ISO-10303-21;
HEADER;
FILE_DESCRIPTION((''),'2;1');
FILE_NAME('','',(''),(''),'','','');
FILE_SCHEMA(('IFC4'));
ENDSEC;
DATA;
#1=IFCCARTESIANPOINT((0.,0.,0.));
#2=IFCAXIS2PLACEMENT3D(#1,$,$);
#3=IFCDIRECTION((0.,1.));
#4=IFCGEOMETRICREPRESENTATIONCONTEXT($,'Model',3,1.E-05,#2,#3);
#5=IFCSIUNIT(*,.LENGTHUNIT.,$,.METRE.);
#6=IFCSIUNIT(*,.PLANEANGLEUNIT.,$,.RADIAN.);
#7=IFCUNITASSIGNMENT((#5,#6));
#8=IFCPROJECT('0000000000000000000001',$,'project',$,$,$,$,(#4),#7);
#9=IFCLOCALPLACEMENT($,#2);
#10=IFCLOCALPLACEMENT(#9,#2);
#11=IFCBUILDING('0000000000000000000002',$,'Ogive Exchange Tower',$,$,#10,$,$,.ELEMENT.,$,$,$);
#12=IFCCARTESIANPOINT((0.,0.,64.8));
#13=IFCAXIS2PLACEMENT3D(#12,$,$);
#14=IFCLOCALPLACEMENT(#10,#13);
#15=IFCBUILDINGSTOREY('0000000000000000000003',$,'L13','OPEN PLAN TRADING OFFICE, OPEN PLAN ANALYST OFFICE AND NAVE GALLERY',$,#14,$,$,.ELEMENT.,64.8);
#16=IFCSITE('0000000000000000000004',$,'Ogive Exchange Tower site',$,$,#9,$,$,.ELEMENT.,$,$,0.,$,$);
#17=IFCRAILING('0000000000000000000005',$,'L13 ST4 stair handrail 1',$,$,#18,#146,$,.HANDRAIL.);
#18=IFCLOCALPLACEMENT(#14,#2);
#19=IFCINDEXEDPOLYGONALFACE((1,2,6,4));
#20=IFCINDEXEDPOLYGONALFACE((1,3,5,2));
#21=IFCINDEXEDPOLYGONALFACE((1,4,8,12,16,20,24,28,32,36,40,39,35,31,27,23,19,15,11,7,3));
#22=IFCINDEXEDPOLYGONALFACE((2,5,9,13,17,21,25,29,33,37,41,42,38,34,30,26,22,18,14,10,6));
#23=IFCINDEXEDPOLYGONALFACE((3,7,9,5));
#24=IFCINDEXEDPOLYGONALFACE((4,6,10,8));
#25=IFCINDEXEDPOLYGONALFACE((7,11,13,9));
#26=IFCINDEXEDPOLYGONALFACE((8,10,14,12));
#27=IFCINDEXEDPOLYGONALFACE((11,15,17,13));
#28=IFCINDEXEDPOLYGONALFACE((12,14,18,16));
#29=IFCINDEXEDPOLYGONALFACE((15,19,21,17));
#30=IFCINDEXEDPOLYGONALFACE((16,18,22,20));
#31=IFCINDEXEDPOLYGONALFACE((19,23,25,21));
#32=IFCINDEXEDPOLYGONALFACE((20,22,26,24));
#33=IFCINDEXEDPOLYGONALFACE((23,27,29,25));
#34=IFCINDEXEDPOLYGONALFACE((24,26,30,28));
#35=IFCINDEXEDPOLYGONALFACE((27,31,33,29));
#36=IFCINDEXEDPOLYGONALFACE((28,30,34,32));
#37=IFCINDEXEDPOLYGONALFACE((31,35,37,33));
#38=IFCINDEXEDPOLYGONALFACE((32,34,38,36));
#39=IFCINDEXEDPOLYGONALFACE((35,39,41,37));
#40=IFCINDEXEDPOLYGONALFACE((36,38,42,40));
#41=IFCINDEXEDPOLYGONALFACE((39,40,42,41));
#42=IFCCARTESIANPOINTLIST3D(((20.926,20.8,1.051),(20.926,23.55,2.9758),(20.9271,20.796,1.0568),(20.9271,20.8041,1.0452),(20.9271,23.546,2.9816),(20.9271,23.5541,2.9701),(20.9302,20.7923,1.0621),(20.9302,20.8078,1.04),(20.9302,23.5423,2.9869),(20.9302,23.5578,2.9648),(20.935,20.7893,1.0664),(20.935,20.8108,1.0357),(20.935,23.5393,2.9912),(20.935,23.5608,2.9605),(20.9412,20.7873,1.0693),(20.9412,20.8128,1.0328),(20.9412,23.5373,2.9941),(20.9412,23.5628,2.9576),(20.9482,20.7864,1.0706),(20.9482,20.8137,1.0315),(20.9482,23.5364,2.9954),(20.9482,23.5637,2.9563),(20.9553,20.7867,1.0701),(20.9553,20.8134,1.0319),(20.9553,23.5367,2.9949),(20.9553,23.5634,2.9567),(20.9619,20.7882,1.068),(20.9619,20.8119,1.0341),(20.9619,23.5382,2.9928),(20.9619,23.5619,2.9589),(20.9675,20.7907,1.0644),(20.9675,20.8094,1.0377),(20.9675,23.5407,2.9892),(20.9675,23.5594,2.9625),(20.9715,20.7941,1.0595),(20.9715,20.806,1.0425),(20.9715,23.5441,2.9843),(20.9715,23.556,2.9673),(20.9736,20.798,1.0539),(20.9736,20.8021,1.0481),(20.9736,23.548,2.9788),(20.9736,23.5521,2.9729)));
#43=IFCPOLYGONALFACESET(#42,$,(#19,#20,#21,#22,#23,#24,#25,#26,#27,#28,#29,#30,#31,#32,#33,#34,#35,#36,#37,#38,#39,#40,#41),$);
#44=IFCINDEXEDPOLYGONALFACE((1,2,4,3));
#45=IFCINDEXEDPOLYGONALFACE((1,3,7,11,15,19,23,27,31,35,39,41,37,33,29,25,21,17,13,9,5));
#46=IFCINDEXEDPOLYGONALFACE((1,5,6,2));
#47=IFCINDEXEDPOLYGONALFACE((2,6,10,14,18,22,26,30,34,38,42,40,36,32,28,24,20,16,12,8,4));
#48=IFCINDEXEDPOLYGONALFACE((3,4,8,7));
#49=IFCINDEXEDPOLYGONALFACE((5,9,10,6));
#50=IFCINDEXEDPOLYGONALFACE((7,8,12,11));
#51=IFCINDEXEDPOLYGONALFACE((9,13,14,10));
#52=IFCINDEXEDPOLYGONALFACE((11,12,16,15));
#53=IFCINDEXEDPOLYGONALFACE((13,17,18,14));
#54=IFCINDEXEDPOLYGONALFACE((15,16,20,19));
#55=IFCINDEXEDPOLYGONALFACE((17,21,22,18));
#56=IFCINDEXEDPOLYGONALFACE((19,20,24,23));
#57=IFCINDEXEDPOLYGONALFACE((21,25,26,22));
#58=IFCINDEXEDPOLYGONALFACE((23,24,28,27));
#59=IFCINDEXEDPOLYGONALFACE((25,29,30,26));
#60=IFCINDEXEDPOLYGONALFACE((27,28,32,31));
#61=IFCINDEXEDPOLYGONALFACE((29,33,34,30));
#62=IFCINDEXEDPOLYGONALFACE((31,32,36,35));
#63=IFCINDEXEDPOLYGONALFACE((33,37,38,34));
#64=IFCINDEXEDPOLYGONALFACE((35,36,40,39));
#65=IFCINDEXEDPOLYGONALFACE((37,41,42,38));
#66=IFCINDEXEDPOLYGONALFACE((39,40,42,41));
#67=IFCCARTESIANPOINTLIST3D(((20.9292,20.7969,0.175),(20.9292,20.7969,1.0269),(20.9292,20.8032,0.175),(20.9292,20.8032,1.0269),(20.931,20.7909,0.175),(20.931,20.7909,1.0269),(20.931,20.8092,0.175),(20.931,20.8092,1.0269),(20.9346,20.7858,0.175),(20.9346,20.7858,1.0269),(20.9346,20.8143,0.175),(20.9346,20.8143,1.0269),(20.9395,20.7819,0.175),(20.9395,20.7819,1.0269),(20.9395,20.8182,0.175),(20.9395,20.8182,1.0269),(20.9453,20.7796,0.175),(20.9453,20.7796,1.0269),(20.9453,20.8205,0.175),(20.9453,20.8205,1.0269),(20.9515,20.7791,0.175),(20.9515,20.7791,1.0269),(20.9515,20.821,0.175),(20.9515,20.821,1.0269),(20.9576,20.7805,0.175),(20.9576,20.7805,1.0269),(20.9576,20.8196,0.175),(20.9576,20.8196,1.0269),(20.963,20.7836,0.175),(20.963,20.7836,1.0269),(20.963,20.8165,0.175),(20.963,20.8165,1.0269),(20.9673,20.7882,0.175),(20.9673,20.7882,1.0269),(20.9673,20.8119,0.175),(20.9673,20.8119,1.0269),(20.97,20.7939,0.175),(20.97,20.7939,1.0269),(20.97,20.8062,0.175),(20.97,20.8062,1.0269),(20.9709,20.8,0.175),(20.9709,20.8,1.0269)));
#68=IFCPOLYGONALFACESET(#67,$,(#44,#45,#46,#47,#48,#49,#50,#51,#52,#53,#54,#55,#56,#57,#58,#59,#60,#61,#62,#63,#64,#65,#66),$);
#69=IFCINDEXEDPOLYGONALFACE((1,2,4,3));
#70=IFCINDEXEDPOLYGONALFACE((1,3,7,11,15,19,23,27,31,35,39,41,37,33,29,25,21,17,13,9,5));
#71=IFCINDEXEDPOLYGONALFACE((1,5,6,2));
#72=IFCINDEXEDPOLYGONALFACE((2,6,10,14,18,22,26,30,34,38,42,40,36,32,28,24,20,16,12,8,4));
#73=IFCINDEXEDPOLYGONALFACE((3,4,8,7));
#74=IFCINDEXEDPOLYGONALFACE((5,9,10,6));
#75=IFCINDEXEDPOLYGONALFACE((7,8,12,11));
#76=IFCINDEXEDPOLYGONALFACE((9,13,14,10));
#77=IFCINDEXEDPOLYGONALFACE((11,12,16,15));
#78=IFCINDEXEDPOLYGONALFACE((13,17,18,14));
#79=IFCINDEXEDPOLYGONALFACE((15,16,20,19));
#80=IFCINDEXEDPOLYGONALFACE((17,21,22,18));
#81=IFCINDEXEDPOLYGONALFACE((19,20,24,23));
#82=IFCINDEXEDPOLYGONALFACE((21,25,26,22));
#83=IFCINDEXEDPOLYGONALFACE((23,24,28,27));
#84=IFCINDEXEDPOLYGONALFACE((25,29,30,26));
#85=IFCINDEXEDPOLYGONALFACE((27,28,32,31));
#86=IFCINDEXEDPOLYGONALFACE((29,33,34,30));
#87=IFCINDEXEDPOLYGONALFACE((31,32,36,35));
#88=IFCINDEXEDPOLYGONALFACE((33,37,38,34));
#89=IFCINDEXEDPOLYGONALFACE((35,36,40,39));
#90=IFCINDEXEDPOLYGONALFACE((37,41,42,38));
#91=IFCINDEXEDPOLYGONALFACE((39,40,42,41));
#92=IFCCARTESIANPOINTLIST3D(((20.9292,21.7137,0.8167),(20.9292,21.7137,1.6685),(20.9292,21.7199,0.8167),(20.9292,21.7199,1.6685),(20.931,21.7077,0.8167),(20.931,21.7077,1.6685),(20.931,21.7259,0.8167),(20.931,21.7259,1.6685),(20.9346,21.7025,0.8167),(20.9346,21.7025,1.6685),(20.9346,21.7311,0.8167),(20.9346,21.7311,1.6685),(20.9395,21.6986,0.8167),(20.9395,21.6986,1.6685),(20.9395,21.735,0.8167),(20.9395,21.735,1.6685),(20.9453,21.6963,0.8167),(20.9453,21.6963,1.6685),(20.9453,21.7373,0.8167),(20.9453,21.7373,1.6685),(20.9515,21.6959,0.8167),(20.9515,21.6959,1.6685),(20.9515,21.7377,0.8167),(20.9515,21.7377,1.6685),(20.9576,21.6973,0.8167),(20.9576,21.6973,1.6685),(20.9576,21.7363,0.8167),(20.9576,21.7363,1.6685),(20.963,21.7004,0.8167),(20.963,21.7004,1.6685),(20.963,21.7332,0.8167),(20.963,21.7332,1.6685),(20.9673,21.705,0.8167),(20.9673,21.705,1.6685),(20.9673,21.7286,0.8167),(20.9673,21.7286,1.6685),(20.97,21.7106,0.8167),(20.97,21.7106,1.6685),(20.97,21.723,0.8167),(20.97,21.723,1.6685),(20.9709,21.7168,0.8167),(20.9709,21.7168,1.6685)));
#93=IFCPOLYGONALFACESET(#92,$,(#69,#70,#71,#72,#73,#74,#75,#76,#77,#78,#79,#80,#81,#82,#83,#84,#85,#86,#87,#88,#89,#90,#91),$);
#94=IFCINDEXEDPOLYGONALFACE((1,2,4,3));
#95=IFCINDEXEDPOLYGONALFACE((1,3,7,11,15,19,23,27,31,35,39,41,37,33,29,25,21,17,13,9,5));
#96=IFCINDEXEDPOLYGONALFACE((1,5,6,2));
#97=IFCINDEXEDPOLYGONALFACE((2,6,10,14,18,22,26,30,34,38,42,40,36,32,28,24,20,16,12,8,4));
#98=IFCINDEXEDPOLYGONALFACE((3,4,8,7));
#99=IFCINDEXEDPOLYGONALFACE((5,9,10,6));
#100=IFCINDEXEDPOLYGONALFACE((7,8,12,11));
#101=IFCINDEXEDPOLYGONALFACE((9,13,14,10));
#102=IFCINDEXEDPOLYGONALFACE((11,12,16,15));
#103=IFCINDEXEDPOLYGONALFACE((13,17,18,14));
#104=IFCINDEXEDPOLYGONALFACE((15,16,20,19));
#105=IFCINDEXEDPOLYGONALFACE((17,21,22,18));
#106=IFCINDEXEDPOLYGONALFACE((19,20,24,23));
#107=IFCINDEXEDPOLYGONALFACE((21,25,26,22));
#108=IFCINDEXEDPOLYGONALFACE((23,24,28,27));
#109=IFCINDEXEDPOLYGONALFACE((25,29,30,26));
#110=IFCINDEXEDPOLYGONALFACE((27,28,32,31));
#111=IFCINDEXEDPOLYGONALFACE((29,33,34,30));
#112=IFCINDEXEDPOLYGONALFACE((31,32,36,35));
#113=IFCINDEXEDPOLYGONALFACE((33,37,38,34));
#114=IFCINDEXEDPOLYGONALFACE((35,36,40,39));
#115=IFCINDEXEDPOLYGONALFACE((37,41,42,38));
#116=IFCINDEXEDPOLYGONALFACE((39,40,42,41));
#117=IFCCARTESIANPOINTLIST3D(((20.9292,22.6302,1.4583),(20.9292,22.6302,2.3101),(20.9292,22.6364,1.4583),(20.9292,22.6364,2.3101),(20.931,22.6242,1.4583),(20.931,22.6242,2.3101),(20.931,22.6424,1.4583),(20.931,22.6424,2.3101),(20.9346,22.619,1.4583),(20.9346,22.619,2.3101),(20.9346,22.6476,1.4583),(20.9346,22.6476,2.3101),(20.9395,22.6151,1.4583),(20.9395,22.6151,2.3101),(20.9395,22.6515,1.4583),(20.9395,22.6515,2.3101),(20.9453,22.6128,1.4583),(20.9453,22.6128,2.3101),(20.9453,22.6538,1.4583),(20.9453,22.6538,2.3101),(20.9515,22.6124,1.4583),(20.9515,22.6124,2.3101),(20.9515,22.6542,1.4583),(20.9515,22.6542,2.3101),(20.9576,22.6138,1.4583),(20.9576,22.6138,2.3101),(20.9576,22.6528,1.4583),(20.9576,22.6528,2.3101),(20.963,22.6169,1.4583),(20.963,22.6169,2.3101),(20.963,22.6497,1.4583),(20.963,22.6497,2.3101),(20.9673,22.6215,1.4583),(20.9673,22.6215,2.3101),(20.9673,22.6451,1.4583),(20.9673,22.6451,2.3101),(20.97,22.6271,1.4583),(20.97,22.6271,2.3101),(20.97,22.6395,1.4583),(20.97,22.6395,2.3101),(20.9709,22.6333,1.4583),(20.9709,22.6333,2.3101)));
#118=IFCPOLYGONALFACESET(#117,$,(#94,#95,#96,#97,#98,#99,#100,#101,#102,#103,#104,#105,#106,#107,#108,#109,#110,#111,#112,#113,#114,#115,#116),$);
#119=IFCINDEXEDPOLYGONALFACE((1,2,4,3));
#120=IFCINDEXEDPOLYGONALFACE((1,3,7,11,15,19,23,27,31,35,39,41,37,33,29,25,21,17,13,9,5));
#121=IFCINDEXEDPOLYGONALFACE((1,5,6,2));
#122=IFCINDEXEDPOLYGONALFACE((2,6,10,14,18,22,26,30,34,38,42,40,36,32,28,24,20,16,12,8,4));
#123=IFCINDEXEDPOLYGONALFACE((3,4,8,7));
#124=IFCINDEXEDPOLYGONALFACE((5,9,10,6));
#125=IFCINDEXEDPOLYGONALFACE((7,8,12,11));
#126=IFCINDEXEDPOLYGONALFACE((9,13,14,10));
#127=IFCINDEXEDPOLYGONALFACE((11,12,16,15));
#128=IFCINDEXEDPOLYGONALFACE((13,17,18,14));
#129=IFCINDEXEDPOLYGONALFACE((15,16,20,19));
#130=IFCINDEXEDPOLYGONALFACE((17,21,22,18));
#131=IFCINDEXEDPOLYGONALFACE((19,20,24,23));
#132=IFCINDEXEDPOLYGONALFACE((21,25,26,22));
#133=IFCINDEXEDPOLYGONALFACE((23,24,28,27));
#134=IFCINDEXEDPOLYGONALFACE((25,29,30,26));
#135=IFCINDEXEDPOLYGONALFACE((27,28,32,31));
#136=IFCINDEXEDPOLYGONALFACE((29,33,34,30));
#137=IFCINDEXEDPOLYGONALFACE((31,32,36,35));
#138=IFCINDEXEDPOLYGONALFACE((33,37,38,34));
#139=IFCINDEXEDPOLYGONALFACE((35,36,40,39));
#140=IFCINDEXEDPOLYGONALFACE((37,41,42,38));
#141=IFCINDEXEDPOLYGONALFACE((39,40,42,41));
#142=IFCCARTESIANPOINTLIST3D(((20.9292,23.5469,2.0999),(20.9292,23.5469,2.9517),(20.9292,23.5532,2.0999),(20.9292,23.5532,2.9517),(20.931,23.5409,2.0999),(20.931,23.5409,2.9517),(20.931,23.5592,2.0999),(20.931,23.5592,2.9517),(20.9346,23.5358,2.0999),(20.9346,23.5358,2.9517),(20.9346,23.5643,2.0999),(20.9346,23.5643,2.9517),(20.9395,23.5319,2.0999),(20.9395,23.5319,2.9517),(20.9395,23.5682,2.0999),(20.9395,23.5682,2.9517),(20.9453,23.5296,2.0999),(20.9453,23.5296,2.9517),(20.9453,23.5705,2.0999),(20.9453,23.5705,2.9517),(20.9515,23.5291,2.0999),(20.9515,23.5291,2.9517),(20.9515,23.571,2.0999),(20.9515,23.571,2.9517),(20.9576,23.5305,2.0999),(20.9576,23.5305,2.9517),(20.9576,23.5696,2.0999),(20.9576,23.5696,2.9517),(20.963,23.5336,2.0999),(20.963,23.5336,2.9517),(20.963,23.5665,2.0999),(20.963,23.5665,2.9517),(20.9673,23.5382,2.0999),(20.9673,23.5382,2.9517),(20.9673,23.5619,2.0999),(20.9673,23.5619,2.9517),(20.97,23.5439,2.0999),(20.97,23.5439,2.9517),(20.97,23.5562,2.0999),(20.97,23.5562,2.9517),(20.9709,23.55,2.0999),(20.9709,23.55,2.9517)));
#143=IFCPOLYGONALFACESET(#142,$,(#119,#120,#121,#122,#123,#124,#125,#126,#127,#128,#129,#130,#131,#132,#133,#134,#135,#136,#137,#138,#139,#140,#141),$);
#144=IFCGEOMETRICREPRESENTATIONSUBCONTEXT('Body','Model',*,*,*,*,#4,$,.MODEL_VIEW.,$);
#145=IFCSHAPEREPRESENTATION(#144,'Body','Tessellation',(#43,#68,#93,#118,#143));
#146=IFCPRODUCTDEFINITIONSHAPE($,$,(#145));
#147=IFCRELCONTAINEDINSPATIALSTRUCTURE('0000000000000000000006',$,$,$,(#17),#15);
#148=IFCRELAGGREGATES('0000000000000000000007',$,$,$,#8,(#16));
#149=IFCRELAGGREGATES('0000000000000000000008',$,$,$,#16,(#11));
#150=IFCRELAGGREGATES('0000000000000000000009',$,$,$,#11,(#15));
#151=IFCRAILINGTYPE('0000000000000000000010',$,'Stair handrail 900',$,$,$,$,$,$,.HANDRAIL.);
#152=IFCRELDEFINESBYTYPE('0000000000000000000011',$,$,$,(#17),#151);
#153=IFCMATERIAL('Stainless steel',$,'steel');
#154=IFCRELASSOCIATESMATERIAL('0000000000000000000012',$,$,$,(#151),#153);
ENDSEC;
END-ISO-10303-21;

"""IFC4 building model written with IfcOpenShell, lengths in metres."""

from ifc_helpers import new_model, si_unit, direction, frame, origin, origin_2d, place, context, subcontext, project, spatial, circle, extrude, material, type_object, element, save


model = new_model("IFC4")

# Units and contexts
model_context = context("Model", 3, precision=1e-05, world=origin(), true_north=direction((0.0, 1.0)))
body_context = subcontext(model_context, "Body", "Model", "MODEL_VIEW")
ifc_project = project(units=[si_unit("LENGTHUNIT", "METRE"), si_unit("PLANEANGLEUNIT", "RADIAN")], contexts=[model_context])

# Site, building, storey
site_placement = place(None, origin())
site = spatial("IfcSite", under=ifc_project, at=site_placement, Name="Ogive Exchange Tower site", CompositionType="ELEMENT", RefElevation=0.0)
building_placement = place(site_placement, origin())
building = spatial("IfcBuilding", under=site, at=building_placement, Name="Ogive Exchange Tower", CompositionType="ELEMENT")
storey_placement = place(building_placement, frame((0.0, 0.0, 64.8)))
storey = spatial("IfcBuildingStorey", under=building, at=storey_placement, Name="L13", Description="OPEN PLAN TRADING OFFICE, OPEN PLAN ANALYST OFFICE AND NAVE GALLERY", CompositionType="ELEMENT", Elevation=64.8)

# Railing
ifc_material_1 = material(Name="Stainless steel", Category="steel")
railing_type = type_object("IfcRailingType", Name="Stair handrail 900", PredefinedType="HANDRAIL", material=ifc_material_1)
railing_1_placement = place(storey_placement, frame((20.95, 20.8, 0.175)))
element("IfcRailing", 1, at=railing_1_placement, inside=storey, type_object=railing_type, Name="L13 ST4 stair handrail 1", PredefinedType="HANDRAIL", context=body_context, shape_type="SweptSolid", body=[
    extrude(circle(Radius=0.0239, at=origin_2d()), frame((0.0, 0.0, 0.876), z_axis=(0.0, 0.819259, 0.573423), x_axis=(-1.0, 0.0, 0.0)), (0.0, 0.0, 1.0), 3.3567),
    extrude(circle(Radius=0.021, at=origin_2d()), origin(), (0.0, 0.0, 1.0), 0.8518),
    extrude(circle(Radius=0.021, at=origin_2d()), frame((0.0, 0.9167, 0.6416)), (0.0, 0.0, 1.0), 0.8518),
    extrude(circle(Radius=0.021, at=origin_2d()), frame((0.0, 1.8333, 1.2832)), (0.0, 0.0, 1.0), 0.8518),
    extrude(circle(Radius=0.021, at=origin_2d()), frame((0.0, 2.75, 1.9248)), (0.0, 0.0, 1.0), 0.8518),
])

save(model, "model.ifc")
